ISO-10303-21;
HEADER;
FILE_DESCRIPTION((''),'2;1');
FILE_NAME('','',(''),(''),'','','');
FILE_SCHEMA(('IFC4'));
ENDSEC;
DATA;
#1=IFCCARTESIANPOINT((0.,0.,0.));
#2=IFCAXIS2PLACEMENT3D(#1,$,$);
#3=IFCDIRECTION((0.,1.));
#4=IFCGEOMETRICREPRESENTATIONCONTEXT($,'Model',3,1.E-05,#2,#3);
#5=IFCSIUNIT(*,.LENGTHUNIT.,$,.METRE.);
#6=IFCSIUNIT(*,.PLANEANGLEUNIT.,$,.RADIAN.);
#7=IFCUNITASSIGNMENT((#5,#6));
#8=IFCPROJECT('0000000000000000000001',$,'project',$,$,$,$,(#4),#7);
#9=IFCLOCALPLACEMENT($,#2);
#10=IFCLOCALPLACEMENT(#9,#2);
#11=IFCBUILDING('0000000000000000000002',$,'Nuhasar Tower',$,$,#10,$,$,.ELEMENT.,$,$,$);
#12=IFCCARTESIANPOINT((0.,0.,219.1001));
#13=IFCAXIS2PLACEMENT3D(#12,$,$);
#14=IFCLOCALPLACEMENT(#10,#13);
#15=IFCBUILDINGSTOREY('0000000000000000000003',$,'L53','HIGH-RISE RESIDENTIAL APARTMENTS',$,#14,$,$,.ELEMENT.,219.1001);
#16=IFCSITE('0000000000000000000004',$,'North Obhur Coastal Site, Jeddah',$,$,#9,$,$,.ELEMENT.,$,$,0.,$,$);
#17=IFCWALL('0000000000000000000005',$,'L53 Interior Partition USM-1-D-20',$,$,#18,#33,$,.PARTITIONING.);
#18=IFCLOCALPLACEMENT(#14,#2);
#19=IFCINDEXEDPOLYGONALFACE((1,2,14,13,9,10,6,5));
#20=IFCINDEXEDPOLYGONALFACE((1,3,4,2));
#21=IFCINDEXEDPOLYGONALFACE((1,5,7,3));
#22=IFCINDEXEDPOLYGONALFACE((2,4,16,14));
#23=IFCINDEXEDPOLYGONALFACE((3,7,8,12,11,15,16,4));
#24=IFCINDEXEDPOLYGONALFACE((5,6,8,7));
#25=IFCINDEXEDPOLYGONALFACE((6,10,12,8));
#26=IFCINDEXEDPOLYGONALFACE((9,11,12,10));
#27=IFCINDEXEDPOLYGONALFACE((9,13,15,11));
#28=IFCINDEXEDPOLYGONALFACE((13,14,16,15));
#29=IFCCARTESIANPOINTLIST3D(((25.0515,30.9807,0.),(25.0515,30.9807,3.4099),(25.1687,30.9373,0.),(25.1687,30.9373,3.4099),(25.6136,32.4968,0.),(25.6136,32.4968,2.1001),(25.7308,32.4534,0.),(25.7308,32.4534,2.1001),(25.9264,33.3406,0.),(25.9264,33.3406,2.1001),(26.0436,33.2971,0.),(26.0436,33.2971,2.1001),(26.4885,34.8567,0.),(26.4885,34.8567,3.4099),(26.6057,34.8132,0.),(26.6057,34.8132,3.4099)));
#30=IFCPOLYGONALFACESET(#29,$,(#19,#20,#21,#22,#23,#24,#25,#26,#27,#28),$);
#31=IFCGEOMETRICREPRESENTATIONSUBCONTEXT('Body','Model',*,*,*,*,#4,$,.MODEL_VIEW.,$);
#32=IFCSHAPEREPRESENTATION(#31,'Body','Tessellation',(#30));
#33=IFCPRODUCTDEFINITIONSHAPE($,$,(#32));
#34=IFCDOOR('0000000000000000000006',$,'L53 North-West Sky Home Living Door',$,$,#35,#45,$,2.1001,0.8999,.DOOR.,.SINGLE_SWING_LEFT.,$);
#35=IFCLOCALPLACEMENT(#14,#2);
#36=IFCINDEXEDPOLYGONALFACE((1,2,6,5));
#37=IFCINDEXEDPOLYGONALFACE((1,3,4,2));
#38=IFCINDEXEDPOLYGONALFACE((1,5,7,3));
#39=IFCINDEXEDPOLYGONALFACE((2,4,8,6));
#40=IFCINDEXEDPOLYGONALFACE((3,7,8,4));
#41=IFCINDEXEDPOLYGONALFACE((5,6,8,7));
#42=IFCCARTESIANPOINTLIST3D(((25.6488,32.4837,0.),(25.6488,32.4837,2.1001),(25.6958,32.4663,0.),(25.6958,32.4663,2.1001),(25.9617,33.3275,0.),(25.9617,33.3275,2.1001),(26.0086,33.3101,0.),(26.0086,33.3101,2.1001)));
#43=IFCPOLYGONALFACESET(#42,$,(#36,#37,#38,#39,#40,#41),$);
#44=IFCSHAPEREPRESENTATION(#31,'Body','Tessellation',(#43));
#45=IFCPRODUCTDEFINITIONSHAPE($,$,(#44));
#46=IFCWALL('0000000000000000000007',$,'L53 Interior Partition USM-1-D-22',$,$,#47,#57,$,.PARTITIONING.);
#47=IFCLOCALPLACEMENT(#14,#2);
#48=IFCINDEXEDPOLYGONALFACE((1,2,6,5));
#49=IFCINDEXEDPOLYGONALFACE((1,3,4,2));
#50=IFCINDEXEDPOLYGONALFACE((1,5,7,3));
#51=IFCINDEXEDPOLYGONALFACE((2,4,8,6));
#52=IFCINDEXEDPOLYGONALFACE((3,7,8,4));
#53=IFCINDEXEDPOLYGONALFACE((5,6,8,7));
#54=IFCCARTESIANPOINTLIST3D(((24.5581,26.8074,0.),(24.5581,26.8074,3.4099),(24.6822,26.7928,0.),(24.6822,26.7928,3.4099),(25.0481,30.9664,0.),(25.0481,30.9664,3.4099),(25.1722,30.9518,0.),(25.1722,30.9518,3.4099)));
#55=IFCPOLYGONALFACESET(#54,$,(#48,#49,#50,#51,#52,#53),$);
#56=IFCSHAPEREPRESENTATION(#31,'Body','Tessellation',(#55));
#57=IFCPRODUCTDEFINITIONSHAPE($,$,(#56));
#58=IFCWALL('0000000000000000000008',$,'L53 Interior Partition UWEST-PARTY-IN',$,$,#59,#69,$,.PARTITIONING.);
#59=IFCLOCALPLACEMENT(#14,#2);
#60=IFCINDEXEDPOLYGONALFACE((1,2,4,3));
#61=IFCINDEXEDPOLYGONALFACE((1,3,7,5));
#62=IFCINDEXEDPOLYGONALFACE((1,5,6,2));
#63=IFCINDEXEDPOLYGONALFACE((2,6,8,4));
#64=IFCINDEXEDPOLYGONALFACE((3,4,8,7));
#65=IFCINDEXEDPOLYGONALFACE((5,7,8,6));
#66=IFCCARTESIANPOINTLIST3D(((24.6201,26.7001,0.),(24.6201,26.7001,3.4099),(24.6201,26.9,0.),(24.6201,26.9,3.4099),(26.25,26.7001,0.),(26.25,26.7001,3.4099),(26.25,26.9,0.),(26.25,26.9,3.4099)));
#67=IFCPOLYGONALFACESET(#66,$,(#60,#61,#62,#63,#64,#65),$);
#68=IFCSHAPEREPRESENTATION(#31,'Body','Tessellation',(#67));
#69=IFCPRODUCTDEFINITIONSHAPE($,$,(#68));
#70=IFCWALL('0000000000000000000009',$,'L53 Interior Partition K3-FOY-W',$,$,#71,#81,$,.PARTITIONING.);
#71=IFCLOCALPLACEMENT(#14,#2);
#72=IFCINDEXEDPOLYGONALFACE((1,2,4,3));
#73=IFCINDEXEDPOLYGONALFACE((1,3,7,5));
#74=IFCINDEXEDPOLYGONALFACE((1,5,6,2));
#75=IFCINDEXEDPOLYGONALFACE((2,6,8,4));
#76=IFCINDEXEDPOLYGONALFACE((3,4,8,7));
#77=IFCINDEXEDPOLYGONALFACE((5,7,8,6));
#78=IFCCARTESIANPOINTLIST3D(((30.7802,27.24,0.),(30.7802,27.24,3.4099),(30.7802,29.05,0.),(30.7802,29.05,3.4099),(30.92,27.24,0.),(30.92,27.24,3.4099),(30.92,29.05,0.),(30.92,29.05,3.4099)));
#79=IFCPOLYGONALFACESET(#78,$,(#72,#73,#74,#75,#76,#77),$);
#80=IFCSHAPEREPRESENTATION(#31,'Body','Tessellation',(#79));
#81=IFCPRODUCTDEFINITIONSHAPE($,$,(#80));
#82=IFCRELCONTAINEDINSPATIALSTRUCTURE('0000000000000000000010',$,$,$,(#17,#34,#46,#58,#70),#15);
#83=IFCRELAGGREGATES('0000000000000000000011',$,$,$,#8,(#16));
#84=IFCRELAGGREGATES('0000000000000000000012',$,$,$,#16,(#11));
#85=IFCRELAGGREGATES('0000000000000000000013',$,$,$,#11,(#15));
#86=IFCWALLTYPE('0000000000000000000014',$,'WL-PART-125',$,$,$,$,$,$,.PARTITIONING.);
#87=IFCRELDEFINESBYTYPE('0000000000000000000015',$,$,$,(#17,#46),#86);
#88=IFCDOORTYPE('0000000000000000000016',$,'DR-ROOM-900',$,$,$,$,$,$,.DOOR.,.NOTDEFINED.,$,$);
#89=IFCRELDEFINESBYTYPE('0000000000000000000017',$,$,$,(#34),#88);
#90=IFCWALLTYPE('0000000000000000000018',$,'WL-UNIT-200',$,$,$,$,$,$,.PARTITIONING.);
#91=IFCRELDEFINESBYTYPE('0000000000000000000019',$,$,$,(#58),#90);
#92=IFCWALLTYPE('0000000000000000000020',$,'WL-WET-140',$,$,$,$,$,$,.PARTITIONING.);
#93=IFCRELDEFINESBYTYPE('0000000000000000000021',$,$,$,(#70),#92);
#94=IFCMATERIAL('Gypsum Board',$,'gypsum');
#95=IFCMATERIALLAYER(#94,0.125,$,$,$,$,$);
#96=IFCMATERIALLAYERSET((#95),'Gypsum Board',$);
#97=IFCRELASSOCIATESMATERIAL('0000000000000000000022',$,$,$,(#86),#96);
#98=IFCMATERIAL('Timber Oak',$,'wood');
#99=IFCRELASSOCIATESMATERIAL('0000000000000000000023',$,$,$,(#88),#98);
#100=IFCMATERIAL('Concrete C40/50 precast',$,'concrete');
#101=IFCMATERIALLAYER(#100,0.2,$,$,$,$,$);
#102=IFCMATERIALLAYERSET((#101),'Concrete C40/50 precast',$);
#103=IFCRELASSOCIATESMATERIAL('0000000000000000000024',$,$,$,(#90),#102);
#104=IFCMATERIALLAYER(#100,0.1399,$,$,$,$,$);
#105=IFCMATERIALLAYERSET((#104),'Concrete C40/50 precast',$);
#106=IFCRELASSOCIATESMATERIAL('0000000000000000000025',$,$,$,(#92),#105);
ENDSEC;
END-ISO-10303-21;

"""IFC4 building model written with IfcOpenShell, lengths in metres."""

from ifc_helpers import new_model, si_unit, direction, frame, frame_2d, origin, place, context, subcontext, project, spatial, rectangle, extrude, material, layer, layer_set, type_object, element, fill, save


model = new_model("IFC4")

# Units and contexts
model_context = context("Model", 3, precision=1e-05, world=origin(), true_north=direction((0.0, 1.0)))
body_context = subcontext(model_context, "Body", "Model", "MODEL_VIEW")
ifc_project = project(units=[si_unit("LENGTHUNIT", "METRE"), si_unit("PLANEANGLEUNIT", "RADIAN")], contexts=[model_context])

# Site, building, storey
site_placement = place(None, origin())
site = spatial("IfcSite", under=ifc_project, at=site_placement, Name="North Obhur Coastal Site, Jeddah", CompositionType="ELEMENT", RefElevation=0.0)
building_placement = place(site_placement, origin())
building = spatial("IfcBuilding", under=site, at=building_placement, Name="Nuhasar Tower", CompositionType="ELEMENT")
storey_placement = place(building_placement, frame((0.0, 0.0, 219.1001)))
storey = spatial("IfcBuildingStorey", under=building, at=storey_placement, Name="L53", Description="HIGH-RISE RESIDENTIAL APARTMENTS", CompositionType="ELEMENT", Elevation=219.1001)

# Shared definitions
ifc_material_1 = material(Name="Gypsum Board", Category="gypsum")

# Shared definitions
ifc_material_2 = material(Name="Timber Oak", Category="wood")

# Shared definitions
ifc_layer_1 = layer(ifc_material_1, 0.125)
ifc_layer_set_1 = layer_set([ifc_layer_1], Name="Gypsum Board")
wall_type_1 = type_object("IfcWallType", Name="WL-PART-125", PredefinedType="PARTITIONING", material=ifc_layer_set_1)

# Wall, opening, door
wall_1_placement = place(storey_placement, frame((25.1101, 30.959, 0.0), z_axis=(0.0, 0.0, 1.0), x_axis=(0.347626, 0.937633, 0.0)))
wall_1 = element("IfcWall", 1, at=wall_1_placement, inside=storey, type_object=wall_type_1, Name="L53 Interior Partition USM-1-D-20", PredefinedType="PARTITIONING", context=body_context, shape_type="SweptSolid", body=[
    extrude(rectangle(XDim=4.1338, YDim=0.125, at=frame_2d((2.0669, 0.0))), origin(), (0.0, 0.0, 1.0), 3.4099),
])
opening_1_placement = place(wall_1_placement, frame((1.6169, 0.0, 0.0)))
opening_1 = element("IfcOpeningElement", 2, at=opening_1_placement, cuts=wall_1, PredefinedType="OPENING", context=body_context, shape_type="SweptSolid", body=[
    extrude(rectangle(XDim=0.8999, YDim=2.1001, at=frame_2d((0.45, 1.05))), frame((0.0, 0.0725, 0.0), z_axis=(0.0, -1.0, 0.0), x_axis=(1.0, 0.0, 0.0)), (0.0, 0.0, 1.0), 0.145),
])
door_type_1 = type_object("IfcDoorType", Name="DR-ROOM-900", OperationType="NOTDEFINED", PredefinedType="DOOR", material=ifc_material_2)
door_1_placement = place(opening_1_placement, origin())
door_1 = element("IfcDoor", 3, at=door_1_placement, inside=storey, type_object=door_type_1, Name="L53 North-West Sky Home Living Door", OperationType="SINGLE_SWING_LEFT", OverallHeight=2.1001, OverallWidth=0.8999, PredefinedType="DOOR", context=body_context, shape_type="SweptSolid", body=[
    extrude(rectangle(XDim=0.8999, YDim=2.1001, at=frame_2d((0.45, 1.05))), frame((0.0, 0.0249, 0.0), z_axis=(0.0, -1.0, 0.0), x_axis=(1.0, 0.0, 0.0)), (0.0, 0.0, 1.0), 0.05),
])
fill(opening_1, door_1)

# Walls
wall_2_placement = place(storey_placement, frame((25.1101, 30.959, 0.0), z_axis=(0.0, 0.0, 1.0), x_axis=(-0.117007, -0.993131, 0.0)))
element("IfcWall", 4, at=wall_2_placement, inside=storey, type_object=wall_type_1, Name="L53 Interior Partition USM-1-D-22", PredefinedType="PARTITIONING", context=body_context, shape_type="SweptSolid", body=[
    extrude(rectangle(XDim=4.1877, YDim=0.125, at=frame_2d((2.0938, 0.0))), origin(), (0.0, 0.0, 1.0), 3.4099),
])
ifc_material_3 = material(Name="Concrete C40/50 precast", Category="concrete")
ifc_layer_2 = layer(ifc_material_3, 0.2)
ifc_layer_set_2 = layer_set([ifc_layer_2], Name="Concrete C40/50 precast")
wall_type_2 = type_object("IfcWallType", Name="WL-UNIT-200", PredefinedType="PARTITIONING", material=ifc_layer_set_2)
wall_3_placement = place(storey_placement, frame((26.25, 26.8, 0.0), z_axis=(0.0, 0.0, 1.0), x_axis=(-1.0, 0.0, 0.0)))
element("IfcWall", 5, at=wall_3_placement, inside=storey, type_object=wall_type_2, Name="L53 Interior Partition UWEST-PARTY-IN", PredefinedType="PARTITIONING", context=body_context, shape_type="SweptSolid", body=[
    extrude(rectangle(XDim=1.6299, YDim=0.2, at=frame_2d((0.8149, 0.0))), origin(), (0.0, 0.0, 1.0), 3.4099),
])
ifc_layer_3 = layer(ifc_material_3, 0.1399)
ifc_layer_set_3 = layer_set([ifc_layer_3], Name="Concrete C40/50 precast")
wall_type_3 = type_object("IfcWallType", Name="WL-WET-140", PredefinedType="PARTITIONING", material=ifc_layer_set_3)
wall_4_placement = place(storey_placement, frame((30.8501, 27.24, 0.0), z_axis=(0.0, 0.0, 1.0), x_axis=(0.0, 1.0, 0.0)))
element("IfcWall", 6, at=wall_4_placement, inside=storey, type_object=wall_type_3, Name="L53 Interior Partition K3-FOY-W", PredefinedType="PARTITIONING", context=body_context, shape_type="SweptSolid", body=[
    extrude(rectangle(XDim=1.8101, YDim=0.1399, at=frame_2d((0.905, 0.0))), origin(), (0.0, 0.0, 1.0), 3.4099),
])

save(model, "model.ifc")
